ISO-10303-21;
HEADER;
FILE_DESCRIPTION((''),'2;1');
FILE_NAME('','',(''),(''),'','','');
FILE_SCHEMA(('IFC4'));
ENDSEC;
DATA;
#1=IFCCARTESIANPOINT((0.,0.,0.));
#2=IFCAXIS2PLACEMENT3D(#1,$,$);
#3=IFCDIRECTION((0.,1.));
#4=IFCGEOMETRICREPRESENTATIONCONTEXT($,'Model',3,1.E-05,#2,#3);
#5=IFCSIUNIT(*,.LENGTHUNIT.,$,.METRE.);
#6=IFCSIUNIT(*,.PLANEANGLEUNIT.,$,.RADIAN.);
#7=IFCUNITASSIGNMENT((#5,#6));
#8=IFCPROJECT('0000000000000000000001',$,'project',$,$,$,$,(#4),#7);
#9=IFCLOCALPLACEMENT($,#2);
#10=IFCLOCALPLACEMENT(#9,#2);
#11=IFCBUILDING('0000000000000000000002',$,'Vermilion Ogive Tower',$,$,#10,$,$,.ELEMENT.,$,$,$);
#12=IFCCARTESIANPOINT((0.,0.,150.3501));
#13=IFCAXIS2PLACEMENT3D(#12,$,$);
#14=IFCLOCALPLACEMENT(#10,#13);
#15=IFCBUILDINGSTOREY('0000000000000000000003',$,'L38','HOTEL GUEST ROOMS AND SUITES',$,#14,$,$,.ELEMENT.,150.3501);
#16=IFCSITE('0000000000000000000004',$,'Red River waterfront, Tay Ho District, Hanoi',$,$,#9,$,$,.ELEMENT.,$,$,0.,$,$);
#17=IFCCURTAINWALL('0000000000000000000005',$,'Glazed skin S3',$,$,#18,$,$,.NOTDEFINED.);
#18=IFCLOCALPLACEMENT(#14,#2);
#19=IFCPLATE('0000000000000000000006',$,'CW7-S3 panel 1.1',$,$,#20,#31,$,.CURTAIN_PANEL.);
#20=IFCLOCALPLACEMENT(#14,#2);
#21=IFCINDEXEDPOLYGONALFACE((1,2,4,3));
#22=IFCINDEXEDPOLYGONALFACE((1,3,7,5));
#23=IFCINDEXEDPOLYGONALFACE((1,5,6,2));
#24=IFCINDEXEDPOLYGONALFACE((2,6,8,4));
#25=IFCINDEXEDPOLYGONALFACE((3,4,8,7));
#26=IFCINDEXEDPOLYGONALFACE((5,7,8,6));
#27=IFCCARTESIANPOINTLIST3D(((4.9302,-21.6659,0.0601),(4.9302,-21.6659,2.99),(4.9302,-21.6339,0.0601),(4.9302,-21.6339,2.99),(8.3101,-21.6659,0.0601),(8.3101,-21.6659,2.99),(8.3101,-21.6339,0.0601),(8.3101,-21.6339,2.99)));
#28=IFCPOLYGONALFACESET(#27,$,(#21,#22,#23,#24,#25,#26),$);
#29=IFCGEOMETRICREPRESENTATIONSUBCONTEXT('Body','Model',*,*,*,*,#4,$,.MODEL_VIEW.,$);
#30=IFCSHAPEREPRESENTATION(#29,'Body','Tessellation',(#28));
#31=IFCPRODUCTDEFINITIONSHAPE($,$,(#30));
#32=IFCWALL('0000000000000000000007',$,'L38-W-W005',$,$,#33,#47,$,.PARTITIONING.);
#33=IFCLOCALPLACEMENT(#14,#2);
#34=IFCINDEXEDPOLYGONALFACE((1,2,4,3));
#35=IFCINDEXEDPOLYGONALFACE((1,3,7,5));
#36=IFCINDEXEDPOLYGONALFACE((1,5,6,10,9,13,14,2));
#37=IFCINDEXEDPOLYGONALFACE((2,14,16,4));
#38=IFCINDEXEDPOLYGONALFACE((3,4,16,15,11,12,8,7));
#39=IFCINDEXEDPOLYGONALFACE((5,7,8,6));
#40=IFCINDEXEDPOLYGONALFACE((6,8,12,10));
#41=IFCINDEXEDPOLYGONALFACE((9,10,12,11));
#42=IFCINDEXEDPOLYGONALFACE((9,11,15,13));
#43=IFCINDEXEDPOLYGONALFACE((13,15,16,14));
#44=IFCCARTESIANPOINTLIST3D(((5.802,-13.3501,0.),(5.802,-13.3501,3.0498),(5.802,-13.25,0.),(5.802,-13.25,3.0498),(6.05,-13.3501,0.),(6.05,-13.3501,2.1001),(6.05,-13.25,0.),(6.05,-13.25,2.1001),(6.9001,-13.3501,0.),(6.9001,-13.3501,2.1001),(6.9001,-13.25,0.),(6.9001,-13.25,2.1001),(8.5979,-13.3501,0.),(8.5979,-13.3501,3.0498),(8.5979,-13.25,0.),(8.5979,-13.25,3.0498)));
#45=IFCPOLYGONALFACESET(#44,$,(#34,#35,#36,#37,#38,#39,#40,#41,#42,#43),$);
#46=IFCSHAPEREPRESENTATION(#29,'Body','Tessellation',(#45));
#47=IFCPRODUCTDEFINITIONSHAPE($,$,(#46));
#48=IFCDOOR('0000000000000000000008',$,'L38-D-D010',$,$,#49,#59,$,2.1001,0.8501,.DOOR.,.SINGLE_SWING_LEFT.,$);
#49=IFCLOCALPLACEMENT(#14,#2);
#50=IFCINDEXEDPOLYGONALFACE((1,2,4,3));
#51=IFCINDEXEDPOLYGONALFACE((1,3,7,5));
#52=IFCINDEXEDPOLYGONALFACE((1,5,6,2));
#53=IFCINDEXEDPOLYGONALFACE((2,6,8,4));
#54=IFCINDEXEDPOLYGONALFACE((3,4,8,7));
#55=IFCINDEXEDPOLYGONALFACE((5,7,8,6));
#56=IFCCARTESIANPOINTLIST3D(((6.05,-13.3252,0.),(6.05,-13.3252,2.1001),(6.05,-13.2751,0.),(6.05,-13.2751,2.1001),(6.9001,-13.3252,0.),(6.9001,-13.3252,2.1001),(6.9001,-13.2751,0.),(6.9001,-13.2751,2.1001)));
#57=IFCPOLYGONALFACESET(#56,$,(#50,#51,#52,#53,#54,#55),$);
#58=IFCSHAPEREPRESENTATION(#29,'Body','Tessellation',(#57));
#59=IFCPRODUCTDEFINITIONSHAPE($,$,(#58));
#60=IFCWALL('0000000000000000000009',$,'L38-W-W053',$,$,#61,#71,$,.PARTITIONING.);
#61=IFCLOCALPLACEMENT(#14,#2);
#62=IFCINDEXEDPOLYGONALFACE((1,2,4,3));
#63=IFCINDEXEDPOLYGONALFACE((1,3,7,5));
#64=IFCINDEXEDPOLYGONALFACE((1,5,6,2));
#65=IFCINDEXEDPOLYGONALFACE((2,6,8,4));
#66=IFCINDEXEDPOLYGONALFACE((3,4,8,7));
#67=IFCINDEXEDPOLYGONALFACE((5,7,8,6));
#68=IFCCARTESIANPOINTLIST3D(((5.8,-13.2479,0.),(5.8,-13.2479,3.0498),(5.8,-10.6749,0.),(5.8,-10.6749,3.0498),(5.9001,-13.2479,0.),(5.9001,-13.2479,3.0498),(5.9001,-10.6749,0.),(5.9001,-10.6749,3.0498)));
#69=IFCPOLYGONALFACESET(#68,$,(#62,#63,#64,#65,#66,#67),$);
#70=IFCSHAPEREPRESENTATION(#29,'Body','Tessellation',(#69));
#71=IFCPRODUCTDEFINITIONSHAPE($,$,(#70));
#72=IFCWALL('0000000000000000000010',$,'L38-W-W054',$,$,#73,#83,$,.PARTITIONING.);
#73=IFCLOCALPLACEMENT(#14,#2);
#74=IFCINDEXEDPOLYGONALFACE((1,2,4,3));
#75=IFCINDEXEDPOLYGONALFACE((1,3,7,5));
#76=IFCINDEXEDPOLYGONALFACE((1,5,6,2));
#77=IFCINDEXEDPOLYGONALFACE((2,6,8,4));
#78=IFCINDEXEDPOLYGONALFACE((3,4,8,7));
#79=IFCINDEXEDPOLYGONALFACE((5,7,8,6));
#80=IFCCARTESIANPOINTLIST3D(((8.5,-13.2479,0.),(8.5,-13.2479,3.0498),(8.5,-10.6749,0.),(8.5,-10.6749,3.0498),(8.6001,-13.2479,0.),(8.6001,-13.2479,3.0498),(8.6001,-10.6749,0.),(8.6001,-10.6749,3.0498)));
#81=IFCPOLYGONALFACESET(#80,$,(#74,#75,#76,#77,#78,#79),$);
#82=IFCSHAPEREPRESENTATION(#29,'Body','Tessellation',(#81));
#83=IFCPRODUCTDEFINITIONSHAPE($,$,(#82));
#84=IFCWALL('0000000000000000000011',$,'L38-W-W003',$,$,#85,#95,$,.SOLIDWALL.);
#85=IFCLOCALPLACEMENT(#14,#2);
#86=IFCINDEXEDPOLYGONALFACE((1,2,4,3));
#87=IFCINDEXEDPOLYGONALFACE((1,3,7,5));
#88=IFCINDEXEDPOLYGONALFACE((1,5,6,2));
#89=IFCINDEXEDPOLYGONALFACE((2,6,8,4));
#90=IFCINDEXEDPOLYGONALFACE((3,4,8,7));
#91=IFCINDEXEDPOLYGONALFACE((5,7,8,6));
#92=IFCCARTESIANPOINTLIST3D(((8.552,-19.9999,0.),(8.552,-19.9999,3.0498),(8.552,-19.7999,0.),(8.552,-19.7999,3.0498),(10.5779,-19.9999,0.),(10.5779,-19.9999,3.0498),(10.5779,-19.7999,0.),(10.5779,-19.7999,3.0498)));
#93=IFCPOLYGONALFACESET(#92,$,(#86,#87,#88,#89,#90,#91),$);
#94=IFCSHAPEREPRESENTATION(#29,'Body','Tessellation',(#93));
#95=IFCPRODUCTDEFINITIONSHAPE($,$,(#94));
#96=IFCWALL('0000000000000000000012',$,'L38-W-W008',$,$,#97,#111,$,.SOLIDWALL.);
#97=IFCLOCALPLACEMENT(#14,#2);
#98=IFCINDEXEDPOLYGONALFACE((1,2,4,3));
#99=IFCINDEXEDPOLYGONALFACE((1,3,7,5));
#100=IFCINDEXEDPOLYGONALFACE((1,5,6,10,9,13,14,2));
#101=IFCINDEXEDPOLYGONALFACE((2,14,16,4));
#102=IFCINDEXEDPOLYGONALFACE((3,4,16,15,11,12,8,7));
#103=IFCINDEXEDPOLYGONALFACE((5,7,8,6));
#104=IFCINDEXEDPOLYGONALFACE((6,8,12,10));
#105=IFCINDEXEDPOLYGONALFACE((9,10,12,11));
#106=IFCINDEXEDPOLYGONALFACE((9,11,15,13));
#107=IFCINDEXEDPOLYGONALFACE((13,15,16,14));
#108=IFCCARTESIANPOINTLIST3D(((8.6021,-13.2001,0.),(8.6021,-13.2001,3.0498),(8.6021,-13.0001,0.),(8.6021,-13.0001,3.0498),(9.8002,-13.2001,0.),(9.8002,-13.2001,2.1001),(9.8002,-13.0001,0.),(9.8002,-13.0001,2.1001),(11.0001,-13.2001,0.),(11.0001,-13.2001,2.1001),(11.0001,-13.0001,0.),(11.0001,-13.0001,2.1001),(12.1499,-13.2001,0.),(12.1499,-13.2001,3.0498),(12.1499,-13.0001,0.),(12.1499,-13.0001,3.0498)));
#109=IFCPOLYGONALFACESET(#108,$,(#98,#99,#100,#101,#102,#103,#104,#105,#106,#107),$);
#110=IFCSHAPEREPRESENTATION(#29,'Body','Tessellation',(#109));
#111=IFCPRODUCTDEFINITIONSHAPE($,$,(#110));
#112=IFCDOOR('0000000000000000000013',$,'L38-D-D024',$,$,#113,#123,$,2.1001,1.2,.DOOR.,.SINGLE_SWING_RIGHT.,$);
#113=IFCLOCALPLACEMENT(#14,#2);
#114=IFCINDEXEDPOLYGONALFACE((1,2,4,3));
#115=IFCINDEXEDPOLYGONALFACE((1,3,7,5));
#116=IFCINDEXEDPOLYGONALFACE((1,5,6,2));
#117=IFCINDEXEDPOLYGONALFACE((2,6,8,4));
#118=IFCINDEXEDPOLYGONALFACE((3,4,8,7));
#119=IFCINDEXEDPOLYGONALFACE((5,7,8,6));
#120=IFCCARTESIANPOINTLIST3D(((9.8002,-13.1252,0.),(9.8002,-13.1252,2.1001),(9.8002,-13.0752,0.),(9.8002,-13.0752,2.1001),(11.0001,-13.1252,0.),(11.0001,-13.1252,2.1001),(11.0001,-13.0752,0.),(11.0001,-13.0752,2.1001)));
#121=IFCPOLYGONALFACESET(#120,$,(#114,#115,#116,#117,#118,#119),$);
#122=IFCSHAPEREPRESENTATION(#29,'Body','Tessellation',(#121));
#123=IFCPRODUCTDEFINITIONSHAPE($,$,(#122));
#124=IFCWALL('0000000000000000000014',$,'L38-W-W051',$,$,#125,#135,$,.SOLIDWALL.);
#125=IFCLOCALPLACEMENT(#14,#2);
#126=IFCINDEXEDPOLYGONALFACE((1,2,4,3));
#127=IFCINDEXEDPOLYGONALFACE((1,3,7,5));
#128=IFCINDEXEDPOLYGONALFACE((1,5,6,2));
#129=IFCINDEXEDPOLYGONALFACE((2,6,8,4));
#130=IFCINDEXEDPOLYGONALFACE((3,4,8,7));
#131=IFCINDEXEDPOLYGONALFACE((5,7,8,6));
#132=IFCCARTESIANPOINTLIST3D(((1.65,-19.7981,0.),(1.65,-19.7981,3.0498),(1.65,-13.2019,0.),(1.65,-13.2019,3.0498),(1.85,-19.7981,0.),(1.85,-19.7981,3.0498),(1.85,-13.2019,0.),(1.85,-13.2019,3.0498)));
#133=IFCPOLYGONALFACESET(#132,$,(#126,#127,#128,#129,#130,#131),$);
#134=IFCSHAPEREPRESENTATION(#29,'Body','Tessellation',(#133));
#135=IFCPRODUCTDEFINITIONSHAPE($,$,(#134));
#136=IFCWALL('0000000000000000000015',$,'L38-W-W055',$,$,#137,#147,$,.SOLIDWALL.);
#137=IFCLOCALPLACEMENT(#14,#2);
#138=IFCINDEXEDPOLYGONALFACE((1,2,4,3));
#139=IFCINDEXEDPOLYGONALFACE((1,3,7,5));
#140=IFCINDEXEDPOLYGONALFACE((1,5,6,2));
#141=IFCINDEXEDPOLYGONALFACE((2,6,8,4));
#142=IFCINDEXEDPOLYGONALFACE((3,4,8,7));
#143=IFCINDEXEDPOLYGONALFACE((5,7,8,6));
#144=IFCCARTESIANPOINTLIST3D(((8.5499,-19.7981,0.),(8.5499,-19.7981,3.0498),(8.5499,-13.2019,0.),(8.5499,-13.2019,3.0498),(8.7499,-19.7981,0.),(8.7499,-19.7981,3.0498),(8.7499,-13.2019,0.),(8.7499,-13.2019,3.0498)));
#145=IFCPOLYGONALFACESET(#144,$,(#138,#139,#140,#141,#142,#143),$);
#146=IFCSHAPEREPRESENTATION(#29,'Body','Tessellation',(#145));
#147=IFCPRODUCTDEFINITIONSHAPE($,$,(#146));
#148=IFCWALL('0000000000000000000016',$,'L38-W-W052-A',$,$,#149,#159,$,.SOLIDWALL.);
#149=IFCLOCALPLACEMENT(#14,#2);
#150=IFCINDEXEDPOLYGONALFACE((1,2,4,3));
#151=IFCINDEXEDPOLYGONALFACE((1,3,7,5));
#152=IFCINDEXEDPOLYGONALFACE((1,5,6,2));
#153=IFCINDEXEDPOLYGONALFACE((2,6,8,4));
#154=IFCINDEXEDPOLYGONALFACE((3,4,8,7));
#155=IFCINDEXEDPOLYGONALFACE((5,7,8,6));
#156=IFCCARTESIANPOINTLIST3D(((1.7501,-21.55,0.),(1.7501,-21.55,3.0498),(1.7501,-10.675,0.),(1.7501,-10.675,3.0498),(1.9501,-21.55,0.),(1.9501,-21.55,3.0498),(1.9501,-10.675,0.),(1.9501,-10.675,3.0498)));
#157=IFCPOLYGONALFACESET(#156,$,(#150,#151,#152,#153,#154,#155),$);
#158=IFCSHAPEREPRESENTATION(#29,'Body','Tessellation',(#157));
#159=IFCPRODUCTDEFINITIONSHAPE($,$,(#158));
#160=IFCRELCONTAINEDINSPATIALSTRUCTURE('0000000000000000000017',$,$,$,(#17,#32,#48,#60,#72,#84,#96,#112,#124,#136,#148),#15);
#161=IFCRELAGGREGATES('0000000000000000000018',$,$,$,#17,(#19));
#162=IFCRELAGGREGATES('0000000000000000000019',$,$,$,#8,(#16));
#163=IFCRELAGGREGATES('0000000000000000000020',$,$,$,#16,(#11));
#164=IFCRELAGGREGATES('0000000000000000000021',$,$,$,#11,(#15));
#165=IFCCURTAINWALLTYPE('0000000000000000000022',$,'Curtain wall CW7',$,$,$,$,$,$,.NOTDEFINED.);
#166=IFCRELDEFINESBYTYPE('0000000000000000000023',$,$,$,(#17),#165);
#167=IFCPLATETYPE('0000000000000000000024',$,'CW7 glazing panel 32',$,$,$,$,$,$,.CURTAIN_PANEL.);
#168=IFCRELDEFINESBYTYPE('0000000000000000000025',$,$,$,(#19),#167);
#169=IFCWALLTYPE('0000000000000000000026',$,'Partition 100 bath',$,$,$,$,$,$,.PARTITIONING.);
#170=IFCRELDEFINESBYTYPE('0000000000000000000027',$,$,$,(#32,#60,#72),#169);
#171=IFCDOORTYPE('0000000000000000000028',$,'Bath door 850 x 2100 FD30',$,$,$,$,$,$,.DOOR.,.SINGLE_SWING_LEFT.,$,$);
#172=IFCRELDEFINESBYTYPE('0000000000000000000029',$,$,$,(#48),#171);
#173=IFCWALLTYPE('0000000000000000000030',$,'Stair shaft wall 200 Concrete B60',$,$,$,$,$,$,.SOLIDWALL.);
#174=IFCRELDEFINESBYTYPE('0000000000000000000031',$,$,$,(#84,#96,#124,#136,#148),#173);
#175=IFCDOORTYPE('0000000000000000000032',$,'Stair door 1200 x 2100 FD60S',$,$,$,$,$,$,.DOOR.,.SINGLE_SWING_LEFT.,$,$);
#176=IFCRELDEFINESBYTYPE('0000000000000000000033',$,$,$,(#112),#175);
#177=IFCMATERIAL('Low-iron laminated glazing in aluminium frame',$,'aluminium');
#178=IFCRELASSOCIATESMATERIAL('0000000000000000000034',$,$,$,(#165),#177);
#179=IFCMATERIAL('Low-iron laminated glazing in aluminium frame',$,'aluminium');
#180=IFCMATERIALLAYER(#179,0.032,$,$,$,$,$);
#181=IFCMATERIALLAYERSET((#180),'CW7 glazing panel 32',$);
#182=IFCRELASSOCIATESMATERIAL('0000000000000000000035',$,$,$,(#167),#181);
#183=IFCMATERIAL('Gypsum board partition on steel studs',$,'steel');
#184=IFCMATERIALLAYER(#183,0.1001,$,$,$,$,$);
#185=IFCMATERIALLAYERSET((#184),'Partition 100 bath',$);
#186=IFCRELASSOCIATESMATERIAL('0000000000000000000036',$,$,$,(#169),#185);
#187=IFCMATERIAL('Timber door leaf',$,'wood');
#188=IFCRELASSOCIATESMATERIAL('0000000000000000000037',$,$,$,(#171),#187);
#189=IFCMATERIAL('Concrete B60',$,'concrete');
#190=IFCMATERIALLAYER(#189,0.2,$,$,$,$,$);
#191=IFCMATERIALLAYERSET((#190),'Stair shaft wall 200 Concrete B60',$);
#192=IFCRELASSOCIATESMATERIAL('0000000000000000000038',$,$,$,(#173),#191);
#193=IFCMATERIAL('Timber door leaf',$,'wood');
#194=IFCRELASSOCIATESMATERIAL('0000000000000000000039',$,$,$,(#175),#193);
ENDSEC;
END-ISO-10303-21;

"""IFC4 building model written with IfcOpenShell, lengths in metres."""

from ifc_helpers import new_model, si_unit, direction, frame, frame_2d, origin, origin_2d, place, context, subcontext, project, spatial, rectangle, extrude, material, layer, layer_set, type_object, element, fill, aggregate, save


model = new_model("IFC4")

# Units and contexts
model_context = context("Model", 3, precision=1e-05, world=origin(), true_north=direction((0.0, 1.0)))
body_context = subcontext(model_context, "Body", "Model", "MODEL_VIEW")
ifc_project = project(units=[si_unit("LENGTHUNIT", "METRE"), si_unit("PLANEANGLEUNIT", "RADIAN")], contexts=[model_context])

# Site, building, storey
site_placement = place(None, origin())
site = spatial("IfcSite", under=ifc_project, at=site_placement, Name="Red River waterfront, Tay Ho District, Hanoi", CompositionType="ELEMENT", RefElevation=0.0)
building_placement = place(site_placement, origin())
building = spatial("IfcBuilding", under=site, at=building_placement, Name="Vermilion Ogive Tower", CompositionType="ELEMENT")
storey_placement = place(building_placement, frame((0.0, 0.0, 150.3501)))
storey = spatial("IfcBuildingStorey", under=building, at=storey_placement, Name="L38", Description="HOTEL GUEST ROOMS AND SUITES", CompositionType="ELEMENT", Elevation=150.3501)

# Shared definitions
ifc_material_1 = material(Name="Low-iron laminated glazing in aluminium frame", Category="aluminium")
curtain_wall_type = type_object("IfcCurtainWallType", Name="Curtain wall CW7", PredefinedType="NOTDEFINED", material=ifc_material_1)

# Curtain wall
curtain_wall_1_placement = place(storey_placement, origin())
curtain_wall_1 = element("IfcCurtainWall", 1, at=curtain_wall_1_placement, inside=storey, type_object=curtain_wall_type, Name="Glazed skin S3", PredefinedType="NOTDEFINED")

# Plate
ifc_material_2 = material(Name="Low-iron laminated glazing in aluminium frame", Category="aluminium")
ifc_layer_1 = layer(ifc_material_2, 0.032)
ifc_layer_set_1 = layer_set([ifc_layer_1], Name="CW7 glazing panel 32")
plate_type = type_object("IfcPlateType", Name="CW7 glazing panel 32", PredefinedType="CURTAIN_PANEL", material=ifc_layer_set_1)
plate_1_placement = place(storey_placement, frame((6.6201, -21.6499, 0.0601), z_axis=(0.0, 0.0, 1.0), x_axis=(1.0, 0.0, 0.0)))
plate_1 = element("IfcPlate", 2, at=plate_1_placement, type_object=plate_type, Name="CW7-S3 panel 1.1", PredefinedType="CURTAIN_PANEL", context=body_context, shape_type="SweptSolid", body=[
    extrude(rectangle(XDim=3.3799, YDim=0.032, at=origin_2d()), origin(), (0.0, 0.0, 1.0), 2.9299),
])
aggregate(curtain_wall_1, [plate_1])

# Wall, opening, door
ifc_material_3 = material(Name="Gypsum board partition on steel studs", Category="steel")
ifc_layer_2 = layer(ifc_material_3, 0.1001)
ifc_layer_set_2 = layer_set([ifc_layer_2], Name="Partition 100 bath")
wall_type_1 = type_object("IfcWallType", Name="Partition 100 bath", PredefinedType="PARTITIONING", material=ifc_layer_set_2)
wall_1_placement = place(storey_placement, frame((5.802, -13.3, 0.0), z_axis=(0.0, 0.0, 1.0), x_axis=(1.0, 0.0, 0.0)))
wall_1 = element("IfcWall", 3, at=wall_1_placement, inside=storey, type_object=wall_type_1, Name="L38-W-W005", PredefinedType="PARTITIONING", context=body_context, shape_type="SweptSolid", body=[
    extrude(rectangle(XDim=2.7959, YDim=0.1001, at=frame_2d((1.3979, 0.0))), origin(), (0.0, 0.0, 1.0), 3.0498),
])
opening_1_placement = place(wall_1_placement, frame((0.248, 0.0, 0.0)))
opening_1 = element("IfcOpeningElement", 4, at=opening_1_placement, cuts=wall_1, PredefinedType="OPENING", context=body_context, shape_type="SweptSolid", body=[
    extrude(rectangle(XDim=0.8501, YDim=2.1001, at=frame_2d((0.425, 1.05))), frame((0.0, 0.0601, 0.0), z_axis=(0.0, -1.0, 0.0), x_axis=(1.0, 0.0, 0.0)), (0.0, 0.0, 1.0), 0.1201),
])
ifc_material_4 = material(Name="Timber door leaf", Category="wood")
door_type_1 = type_object("IfcDoorType", Name="Bath door 850 x 2100 FD30", OperationType="SINGLE_SWING_LEFT", PredefinedType="DOOR", material=ifc_material_4)
door_1_placement = place(opening_1_placement, origin())
door_1 = element("IfcDoor", 5, at=door_1_placement, inside=storey, type_object=door_type_1, Name="L38-D-D010", OperationType="SINGLE_SWING_LEFT", OverallHeight=2.1001, OverallWidth=0.8501, PredefinedType="DOOR", context=body_context, shape_type="SweptSolid", body=[
    extrude(rectangle(XDim=0.8501, YDim=2.1001, at=frame_2d((0.425, 1.05))), frame((0.0, 0.0249, 0.0), z_axis=(0.0, -1.0, 0.0), x_axis=(1.0, 0.0, 0.0)), (0.0, 0.0, 1.0), 0.05),
])
fill(opening_1, door_1)

# Walls
for number, where, z_axis, x_axis, name in (
    (6, (5.8501, -13.248, 0.0), (0.0, 0.0, 1.0), (0.0, 1.0, 0.0), "L38-W-W053"),
    (7, (8.55, -13.248, 0.0), (0.0, 0.0, 1.0), (0.0, 1.0, 0.0), "L38-W-W054"),
):
    element("IfcWall", number, at=place(storey_placement, frame(where, z_axis=z_axis, x_axis=x_axis)), inside=storey, type_object=wall_type_1, Name=name, PredefinedType="PARTITIONING", context=body_context, shape_type="SweptSolid", body=[
        extrude(rectangle(XDim=2.573, YDim=0.1001, at=frame_2d((1.2866, 0.0))), origin(), (0.0, 0.0, 1.0), 3.0498),
    ])
ifc_material_5 = material(Name="Concrete B60", Category="concrete")
ifc_layer_3 = layer(ifc_material_5, 0.2)
ifc_layer_set_3 = layer_set([ifc_layer_3], Name="Stair shaft wall 200 Concrete B60")
wall_type_2 = type_object("IfcWallType", Name="Stair shaft wall 200 Concrete B60", PredefinedType="SOLIDWALL", material=ifc_layer_set_3)
wall_2_placement = place(storey_placement, frame((8.552, -19.8999, 0.0), z_axis=(0.0, 0.0, 1.0), x_axis=(1.0, 0.0, 0.0)))
element("IfcWall", 8, at=wall_2_placement, inside=storey, type_object=wall_type_2, Name="L38-W-W003", PredefinedType="SOLIDWALL", context=body_context, shape_type="SweptSolid", body=[
    extrude(rectangle(XDim=2.0259, YDim=0.2, at=frame_2d((1.0129, 0.0))), origin(), (0.0, 0.0, 1.0), 3.0498),
])

# Wall, opening, door
wall_3_placement = place(storey_placement, frame((8.6021, -13.1001, 0.0), z_axis=(0.0, 0.0, 1.0), x_axis=(1.0, 0.0, 0.0)))
wall_3 = element("IfcWall", 9, at=wall_3_placement, inside=storey, type_object=wall_type_2, Name="L38-W-W008", PredefinedType="SOLIDWALL", context=body_context, shape_type="SweptSolid", body=[
    extrude(rectangle(XDim=3.5479, YDim=0.2, at=frame_2d((1.7739, 0.0))), origin(), (0.0, 0.0, 1.0), 3.0498),
])
opening_2_placement = place(wall_3_placement, frame((1.198, 0.0, 0.0)))
opening_2 = element("IfcOpeningElement", 10, at=opening_2_placement, cuts=wall_3, PredefinedType="OPENING", context=body_context, shape_type="SweptSolid", body=[
    extrude(rectangle(XDim=1.2, YDim=2.1001, at=frame_2d((0.6001, 1.05))), frame((0.0, 0.1099, 0.0), z_axis=(0.0, -1.0, 0.0), x_axis=(1.0, 0.0, 0.0)), (0.0, 0.0, 1.0), 0.22),
])
ifc_material_6 = material(Name="Timber door leaf", Category="wood")
door_type_2 = type_object("IfcDoorType", Name="Stair door 1200 x 2100 FD60S", OperationType="SINGLE_SWING_LEFT", PredefinedType="DOOR", material=ifc_material_6)
door_2_placement = place(opening_2_placement, origin())
door_2 = element("IfcDoor", 11, at=door_2_placement, inside=storey, type_object=door_type_2, Name="L38-D-D024", OperationType="SINGLE_SWING_RIGHT", OverallHeight=2.1001, OverallWidth=1.2, PredefinedType="DOOR", context=body_context, shape_type="SweptSolid", body=[
    extrude(rectangle(XDim=1.2, YDim=2.1001, at=frame_2d((0.6001, 1.05))), frame((0.0, 0.0249, 0.0), z_axis=(0.0, -1.0, 0.0), x_axis=(1.0, 0.0, 0.0)), (0.0, 0.0, 1.0), 0.05),
])
fill(opening_2, door_2)

# Walls
for number, where, z_axis, x_axis, name in (
    (12, (1.75, -19.7981, 0.0), (0.0, 0.0, 1.0), (0.0, 1.0, 0.0), "L38-W-W051"),
    (13, (8.6499, -19.7981, 0.0), (0.0, 0.0, 1.0), (0.0, 1.0, 0.0), "L38-W-W055"),
):
    element("IfcWall", number, at=place(storey_placement, frame(where, z_axis=z_axis, x_axis=x_axis)), inside=storey, type_object=wall_type_2, Name=name, PredefinedType="SOLIDWALL", context=body_context, shape_type="SweptSolid", body=[
        extrude(rectangle(XDim=6.5962, YDim=0.2, at=frame_2d((3.2981, 0.0))), origin(), (0.0, 0.0, 1.0), 3.0498),
    ])
wall_4_placement = place(storey_placement, frame((1.8501, -21.55, 0.0), z_axis=(0.0, 0.0, 1.0), x_axis=(0.0, 1.0, 0.0)))
element("IfcWall", 14, at=wall_4_placement, inside=storey, type_object=wall_type_2, Name="L38-W-W052-A", PredefinedType="SOLIDWALL", context=body_context, shape_type="SweptSolid", body=[
    extrude(rectangle(XDim=10.875, YDim=0.2, at=frame_2d((5.4375, 0.0))), origin(), (0.0, 0.0, 1.0), 3.0498),
])

save(model, "model.ifc")
